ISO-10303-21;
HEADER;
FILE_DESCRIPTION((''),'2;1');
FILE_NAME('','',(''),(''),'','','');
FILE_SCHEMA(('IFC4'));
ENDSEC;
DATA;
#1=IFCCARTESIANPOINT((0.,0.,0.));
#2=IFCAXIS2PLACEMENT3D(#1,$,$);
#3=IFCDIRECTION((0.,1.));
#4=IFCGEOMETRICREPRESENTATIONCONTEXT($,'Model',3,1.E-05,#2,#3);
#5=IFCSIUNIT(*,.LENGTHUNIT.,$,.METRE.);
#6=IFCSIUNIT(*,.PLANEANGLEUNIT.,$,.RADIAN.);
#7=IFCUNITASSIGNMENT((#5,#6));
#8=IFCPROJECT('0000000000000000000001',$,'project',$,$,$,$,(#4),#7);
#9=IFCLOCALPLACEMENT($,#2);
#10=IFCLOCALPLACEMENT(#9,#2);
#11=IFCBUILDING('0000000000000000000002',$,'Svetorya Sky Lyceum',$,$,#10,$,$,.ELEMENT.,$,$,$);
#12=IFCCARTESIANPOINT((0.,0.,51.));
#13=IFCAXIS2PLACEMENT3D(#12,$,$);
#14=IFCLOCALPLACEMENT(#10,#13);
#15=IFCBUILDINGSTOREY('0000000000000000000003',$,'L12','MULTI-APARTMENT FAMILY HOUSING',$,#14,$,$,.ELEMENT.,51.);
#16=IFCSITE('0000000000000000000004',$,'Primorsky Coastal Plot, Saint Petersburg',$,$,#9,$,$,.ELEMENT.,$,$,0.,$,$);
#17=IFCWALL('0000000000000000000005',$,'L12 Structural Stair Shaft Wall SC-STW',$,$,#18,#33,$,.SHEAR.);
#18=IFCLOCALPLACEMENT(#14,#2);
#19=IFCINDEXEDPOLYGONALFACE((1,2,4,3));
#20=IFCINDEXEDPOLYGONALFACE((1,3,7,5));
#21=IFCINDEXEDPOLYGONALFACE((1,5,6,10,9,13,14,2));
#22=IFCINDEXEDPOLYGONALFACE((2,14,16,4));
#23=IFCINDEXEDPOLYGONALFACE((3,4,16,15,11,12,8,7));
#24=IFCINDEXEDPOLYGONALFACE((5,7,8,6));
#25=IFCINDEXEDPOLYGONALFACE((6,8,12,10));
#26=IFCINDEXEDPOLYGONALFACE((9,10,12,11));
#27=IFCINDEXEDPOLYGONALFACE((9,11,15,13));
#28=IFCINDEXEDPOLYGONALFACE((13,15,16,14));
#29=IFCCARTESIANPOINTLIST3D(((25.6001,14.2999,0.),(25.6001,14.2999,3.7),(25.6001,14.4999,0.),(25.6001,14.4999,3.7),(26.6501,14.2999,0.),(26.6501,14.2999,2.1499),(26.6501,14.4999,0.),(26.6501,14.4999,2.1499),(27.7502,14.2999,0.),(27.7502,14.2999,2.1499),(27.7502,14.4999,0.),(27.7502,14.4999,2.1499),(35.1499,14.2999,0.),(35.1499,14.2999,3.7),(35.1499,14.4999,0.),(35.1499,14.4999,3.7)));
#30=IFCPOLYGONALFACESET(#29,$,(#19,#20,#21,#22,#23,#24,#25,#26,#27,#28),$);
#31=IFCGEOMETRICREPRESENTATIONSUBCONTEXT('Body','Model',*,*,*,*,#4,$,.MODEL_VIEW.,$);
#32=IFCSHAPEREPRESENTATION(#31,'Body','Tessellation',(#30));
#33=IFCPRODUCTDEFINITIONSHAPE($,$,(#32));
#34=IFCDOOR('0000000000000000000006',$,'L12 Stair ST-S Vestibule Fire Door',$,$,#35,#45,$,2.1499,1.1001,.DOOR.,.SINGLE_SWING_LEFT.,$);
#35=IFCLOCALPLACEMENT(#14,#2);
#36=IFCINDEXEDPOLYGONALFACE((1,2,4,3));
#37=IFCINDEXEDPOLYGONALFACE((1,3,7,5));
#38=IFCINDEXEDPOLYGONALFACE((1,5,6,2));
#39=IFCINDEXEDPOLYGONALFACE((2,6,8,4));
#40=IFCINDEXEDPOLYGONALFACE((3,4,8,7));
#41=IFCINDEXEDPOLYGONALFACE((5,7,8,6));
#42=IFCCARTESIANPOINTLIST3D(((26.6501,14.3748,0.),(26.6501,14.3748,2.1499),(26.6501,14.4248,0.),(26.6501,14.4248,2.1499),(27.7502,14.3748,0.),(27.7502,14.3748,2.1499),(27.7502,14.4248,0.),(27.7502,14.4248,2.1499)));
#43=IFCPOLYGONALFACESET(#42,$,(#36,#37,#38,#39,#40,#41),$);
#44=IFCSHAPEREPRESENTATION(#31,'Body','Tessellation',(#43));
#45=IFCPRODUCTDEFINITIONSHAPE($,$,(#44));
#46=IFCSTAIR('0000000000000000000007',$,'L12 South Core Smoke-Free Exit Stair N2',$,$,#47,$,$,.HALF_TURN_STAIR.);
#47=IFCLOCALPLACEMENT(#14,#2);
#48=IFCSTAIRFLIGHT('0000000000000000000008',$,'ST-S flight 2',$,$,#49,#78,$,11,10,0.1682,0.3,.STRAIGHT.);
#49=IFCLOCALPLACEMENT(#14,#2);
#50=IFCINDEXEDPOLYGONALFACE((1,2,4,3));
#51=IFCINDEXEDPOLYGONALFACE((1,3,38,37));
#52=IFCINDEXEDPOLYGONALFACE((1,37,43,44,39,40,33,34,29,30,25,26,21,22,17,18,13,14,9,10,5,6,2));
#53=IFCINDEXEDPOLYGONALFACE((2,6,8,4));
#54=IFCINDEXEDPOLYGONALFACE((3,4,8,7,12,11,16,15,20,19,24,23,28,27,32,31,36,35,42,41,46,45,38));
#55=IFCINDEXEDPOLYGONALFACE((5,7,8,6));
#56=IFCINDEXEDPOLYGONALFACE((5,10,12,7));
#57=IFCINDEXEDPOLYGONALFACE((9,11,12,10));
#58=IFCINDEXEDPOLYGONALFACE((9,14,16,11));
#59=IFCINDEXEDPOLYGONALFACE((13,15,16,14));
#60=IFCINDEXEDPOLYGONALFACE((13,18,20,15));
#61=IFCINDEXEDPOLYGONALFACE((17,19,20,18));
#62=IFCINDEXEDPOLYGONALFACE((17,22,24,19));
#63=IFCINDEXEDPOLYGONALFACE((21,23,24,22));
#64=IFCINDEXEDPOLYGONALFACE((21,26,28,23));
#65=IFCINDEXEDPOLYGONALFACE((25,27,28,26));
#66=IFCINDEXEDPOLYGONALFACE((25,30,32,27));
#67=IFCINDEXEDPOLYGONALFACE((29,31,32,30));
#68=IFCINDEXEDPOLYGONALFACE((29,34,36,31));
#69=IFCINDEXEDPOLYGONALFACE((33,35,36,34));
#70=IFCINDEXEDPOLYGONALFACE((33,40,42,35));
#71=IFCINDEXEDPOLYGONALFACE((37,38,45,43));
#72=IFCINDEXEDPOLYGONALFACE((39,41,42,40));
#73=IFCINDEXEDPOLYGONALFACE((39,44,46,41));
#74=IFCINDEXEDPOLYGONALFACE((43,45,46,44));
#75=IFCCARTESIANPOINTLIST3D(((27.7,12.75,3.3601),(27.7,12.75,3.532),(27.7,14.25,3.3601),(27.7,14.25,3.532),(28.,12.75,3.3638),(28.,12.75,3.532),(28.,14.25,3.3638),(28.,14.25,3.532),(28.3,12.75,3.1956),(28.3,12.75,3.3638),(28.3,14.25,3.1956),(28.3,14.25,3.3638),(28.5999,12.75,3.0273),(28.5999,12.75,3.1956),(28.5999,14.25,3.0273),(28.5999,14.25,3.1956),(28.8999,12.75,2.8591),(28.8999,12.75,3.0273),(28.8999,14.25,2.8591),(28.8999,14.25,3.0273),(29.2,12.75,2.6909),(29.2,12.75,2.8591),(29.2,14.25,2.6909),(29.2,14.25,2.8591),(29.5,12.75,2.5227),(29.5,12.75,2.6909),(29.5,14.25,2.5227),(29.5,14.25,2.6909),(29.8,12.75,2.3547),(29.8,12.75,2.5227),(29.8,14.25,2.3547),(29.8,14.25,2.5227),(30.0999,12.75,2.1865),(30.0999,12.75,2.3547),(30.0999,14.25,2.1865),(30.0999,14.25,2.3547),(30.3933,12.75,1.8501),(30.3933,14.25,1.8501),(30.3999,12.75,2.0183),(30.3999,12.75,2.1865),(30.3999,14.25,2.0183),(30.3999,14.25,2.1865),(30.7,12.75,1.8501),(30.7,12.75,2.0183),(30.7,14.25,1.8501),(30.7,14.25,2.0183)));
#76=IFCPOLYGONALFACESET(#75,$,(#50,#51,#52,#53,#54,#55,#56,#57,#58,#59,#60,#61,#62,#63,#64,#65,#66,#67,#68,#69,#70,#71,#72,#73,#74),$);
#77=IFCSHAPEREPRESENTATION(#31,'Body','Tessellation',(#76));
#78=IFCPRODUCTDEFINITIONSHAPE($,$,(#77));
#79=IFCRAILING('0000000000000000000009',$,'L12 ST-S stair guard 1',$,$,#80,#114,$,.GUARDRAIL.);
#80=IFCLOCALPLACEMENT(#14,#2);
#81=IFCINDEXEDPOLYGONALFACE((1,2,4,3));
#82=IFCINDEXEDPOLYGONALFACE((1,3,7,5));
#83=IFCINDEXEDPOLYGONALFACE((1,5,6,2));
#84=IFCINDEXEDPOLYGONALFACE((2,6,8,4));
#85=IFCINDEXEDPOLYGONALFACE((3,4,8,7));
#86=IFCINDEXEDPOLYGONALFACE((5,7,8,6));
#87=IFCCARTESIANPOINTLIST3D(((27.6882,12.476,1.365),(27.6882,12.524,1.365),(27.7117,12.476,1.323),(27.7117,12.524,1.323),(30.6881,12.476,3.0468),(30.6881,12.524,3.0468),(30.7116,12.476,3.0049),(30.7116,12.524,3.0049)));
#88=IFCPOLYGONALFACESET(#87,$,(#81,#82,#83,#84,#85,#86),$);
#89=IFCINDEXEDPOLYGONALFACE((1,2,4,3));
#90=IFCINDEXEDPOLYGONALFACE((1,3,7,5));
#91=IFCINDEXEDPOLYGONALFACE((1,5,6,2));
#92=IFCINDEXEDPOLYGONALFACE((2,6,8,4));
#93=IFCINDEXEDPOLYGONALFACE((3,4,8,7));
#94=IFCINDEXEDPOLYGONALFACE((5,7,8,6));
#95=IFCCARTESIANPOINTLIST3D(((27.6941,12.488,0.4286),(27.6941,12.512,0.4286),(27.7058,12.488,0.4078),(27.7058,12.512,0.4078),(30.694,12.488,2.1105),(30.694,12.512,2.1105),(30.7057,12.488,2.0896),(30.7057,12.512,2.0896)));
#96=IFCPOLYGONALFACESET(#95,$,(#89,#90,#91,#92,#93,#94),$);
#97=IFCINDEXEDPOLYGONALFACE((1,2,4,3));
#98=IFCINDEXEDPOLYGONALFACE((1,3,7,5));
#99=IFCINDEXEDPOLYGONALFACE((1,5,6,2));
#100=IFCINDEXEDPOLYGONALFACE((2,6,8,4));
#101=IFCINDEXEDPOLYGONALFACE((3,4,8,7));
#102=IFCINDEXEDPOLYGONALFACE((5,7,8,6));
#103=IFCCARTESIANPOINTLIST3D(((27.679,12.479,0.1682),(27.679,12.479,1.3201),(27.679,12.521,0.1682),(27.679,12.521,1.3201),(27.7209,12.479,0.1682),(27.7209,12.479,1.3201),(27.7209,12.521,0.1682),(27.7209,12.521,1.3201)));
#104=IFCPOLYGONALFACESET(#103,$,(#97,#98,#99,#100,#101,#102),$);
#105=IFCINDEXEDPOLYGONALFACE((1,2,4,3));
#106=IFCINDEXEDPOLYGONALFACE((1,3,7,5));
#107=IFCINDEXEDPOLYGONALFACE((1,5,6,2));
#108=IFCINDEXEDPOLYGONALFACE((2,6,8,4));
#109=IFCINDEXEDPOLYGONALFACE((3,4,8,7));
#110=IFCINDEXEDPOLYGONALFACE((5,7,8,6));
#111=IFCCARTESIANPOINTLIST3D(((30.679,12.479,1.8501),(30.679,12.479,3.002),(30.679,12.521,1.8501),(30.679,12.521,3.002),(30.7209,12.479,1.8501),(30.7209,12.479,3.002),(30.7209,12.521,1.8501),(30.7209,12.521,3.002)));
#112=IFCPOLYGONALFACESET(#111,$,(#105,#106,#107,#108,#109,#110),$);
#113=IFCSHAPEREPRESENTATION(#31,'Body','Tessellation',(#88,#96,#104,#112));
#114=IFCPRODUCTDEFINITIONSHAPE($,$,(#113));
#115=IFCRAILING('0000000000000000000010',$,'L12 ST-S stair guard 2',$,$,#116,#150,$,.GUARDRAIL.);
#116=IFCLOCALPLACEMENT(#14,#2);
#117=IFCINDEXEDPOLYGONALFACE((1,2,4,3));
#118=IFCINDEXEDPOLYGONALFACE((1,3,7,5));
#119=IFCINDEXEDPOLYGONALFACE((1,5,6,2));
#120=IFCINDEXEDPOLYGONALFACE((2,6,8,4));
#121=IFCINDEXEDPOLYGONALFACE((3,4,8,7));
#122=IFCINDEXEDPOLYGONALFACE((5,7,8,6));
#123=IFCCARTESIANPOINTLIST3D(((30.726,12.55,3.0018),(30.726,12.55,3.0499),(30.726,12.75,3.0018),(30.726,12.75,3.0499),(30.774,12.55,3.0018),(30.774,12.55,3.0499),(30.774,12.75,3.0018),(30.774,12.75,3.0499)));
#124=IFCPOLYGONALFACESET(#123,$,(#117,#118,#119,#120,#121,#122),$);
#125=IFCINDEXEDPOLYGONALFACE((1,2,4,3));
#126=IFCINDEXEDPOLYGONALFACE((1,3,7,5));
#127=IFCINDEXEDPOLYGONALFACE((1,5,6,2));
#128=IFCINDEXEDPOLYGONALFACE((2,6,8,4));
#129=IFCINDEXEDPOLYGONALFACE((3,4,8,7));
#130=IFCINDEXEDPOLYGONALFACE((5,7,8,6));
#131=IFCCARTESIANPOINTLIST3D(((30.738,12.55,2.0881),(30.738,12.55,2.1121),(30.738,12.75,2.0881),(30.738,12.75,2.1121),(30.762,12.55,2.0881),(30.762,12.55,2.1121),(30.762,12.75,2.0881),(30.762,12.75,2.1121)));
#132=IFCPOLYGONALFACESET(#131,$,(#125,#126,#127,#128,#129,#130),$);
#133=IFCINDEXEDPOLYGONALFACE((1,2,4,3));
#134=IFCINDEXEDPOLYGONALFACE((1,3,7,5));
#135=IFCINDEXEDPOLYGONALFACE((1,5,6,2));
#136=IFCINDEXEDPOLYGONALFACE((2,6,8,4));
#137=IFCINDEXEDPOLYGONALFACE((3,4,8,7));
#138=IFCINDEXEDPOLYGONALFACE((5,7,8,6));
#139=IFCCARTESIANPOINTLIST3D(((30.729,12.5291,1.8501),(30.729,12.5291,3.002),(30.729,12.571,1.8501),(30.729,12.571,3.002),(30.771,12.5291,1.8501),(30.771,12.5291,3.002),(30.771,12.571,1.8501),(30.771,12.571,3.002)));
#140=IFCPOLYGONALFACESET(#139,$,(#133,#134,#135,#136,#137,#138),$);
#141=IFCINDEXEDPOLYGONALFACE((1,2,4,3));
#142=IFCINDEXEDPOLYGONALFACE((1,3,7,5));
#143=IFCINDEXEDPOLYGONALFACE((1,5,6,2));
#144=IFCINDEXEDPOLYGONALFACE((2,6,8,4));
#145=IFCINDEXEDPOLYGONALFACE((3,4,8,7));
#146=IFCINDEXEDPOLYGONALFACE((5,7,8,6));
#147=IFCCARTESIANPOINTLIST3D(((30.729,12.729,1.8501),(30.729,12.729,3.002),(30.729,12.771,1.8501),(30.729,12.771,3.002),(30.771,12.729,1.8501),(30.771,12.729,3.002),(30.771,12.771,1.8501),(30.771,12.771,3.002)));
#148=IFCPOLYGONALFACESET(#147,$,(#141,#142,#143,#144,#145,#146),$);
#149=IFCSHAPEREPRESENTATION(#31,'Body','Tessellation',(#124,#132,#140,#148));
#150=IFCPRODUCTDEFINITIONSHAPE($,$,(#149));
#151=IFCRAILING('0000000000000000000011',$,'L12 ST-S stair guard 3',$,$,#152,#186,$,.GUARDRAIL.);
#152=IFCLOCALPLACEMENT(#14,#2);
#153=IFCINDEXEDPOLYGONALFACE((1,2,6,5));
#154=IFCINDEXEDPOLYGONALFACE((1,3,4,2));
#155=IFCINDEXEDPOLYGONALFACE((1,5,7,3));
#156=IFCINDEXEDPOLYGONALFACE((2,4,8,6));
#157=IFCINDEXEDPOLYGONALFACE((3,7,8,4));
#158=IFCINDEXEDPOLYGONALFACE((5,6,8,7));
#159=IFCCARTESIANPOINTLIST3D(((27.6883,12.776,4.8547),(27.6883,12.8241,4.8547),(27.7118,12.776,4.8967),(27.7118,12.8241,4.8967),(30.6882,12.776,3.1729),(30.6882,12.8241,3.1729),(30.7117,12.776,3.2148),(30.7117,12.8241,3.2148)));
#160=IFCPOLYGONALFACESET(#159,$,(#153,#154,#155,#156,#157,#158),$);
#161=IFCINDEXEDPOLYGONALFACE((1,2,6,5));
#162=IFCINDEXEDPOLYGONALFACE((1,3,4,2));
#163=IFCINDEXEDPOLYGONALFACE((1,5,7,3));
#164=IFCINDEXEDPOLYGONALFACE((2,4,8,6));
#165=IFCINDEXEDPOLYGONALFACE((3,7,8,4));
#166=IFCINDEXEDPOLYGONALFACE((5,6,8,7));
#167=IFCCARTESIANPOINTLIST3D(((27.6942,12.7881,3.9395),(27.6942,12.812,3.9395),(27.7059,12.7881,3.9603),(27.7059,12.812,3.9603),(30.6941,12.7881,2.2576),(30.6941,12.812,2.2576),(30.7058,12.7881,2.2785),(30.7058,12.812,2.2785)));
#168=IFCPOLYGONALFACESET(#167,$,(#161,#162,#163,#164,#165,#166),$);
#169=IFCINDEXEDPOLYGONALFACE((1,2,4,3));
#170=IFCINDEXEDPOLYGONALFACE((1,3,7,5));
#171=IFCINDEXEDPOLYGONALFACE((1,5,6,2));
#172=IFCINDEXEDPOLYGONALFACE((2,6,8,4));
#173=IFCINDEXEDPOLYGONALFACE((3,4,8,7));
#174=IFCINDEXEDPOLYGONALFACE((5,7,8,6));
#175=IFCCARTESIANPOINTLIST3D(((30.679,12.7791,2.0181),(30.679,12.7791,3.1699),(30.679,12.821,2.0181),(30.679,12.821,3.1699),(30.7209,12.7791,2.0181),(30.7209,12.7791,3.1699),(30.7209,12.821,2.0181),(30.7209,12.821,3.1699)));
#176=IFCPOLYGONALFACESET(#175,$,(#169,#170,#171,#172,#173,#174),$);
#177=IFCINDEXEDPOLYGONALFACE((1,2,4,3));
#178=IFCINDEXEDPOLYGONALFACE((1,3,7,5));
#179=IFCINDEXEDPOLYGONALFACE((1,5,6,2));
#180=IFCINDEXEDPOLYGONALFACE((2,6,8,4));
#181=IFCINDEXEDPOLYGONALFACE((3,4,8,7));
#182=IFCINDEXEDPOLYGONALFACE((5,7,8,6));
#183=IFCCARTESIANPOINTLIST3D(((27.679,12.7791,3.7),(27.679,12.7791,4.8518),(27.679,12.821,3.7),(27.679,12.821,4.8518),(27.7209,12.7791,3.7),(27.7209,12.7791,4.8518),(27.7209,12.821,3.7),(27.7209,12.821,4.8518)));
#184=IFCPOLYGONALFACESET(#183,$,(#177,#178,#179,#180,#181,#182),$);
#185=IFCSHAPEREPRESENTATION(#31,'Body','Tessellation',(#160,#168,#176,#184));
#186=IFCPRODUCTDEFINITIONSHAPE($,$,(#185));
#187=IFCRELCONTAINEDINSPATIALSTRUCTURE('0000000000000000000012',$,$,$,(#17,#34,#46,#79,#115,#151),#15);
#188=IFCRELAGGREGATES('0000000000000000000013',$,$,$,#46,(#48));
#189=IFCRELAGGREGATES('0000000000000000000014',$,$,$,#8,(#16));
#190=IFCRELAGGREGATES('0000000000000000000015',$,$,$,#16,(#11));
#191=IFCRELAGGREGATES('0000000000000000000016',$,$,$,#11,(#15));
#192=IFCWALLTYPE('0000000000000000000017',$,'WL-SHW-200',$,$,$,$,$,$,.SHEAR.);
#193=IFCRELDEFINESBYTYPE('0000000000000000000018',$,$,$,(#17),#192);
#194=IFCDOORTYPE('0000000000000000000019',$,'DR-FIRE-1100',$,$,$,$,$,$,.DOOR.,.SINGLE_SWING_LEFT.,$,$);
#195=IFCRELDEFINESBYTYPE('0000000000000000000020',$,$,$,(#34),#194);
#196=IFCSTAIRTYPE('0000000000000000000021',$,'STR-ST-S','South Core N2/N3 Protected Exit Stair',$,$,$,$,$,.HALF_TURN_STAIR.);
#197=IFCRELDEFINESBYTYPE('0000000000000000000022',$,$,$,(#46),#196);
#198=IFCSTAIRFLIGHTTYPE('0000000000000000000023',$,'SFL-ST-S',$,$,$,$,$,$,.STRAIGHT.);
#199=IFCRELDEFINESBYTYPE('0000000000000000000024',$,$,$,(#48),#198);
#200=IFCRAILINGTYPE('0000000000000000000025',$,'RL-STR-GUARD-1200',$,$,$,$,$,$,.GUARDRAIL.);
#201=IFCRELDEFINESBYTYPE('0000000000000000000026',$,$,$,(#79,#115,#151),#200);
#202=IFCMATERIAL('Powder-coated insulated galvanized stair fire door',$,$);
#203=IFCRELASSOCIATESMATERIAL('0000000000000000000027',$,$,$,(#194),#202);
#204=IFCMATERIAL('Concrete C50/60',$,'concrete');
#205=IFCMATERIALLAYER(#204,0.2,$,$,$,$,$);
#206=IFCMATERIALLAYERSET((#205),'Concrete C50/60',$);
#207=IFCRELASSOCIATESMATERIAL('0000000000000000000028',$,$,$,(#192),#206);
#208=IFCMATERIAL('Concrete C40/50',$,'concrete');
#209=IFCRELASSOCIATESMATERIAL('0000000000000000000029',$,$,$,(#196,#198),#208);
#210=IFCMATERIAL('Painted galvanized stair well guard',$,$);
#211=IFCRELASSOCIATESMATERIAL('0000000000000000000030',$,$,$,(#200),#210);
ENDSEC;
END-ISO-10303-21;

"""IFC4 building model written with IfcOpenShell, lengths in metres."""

from ifc_helpers import new_model, si_unit, direction, frame, frame_2d, origin, origin_2d, place, context, subcontext, project, spatial, polyline, rectangle, outline, extrude, material, layer, layer_set, type_object, element, fill, aggregate, save


model = new_model("IFC4")

# Units and contexts
model_context = context("Model", 3, precision=1e-05, world=origin(), true_north=direction((0.0, 1.0)))
body_context = subcontext(model_context, "Body", "Model", "MODEL_VIEW")
ifc_project = project(units=[si_unit("LENGTHUNIT", "METRE"), si_unit("PLANEANGLEUNIT", "RADIAN")], contexts=[model_context])

# Site, building, storey
site_placement = place(None, origin())
site = spatial("IfcSite", under=ifc_project, at=site_placement, Name="Primorsky Coastal Plot, Saint Petersburg", CompositionType="ELEMENT", RefElevation=0.0)
building_placement = place(site_placement, origin())
building = spatial("IfcBuilding", under=site, at=building_placement, Name="Svetorya Sky Lyceum", CompositionType="ELEMENT")
storey_placement = place(building_placement, frame((0.0, 0.0, 51.0)))
storey = spatial("IfcBuildingStorey", under=building, at=storey_placement, Name="L12", Description="MULTI-APARTMENT FAMILY HOUSING", CompositionType="ELEMENT", Elevation=51.0)

# Shared definitions
ifc_material_1 = material(Name="Concrete C50/60", Category="concrete")

# Shared definitions
ifc_material_2 = material(Name="Powder-coated insulated galvanized stair fire door")
door_type_1 = type_object("IfcDoorType", Name="DR-FIRE-1100", OperationType="SINGLE_SWING_LEFT", PredefinedType="DOOR", material=ifc_material_2)

# Wall, opening, door
ifc_layer_1 = layer(ifc_material_1, 0.2)
ifc_layer_set_1 = layer_set([ifc_layer_1], Name="Concrete C50/60")
wall_type_1 = type_object("IfcWallType", Name="WL-SHW-200", PredefinedType="SHEAR", material=ifc_layer_set_1)
wall_1_placement = place(storey_placement, frame((25.6001, 14.3999, 0.0), z_axis=(0.0, 0.0, 1.0), x_axis=(1.0, 0.0, 0.0)))
wall_1 = element("IfcWall", 1, at=wall_1_placement, inside=storey, type_object=wall_type_1, Name="L12 Structural Stair Shaft Wall SC-STW", PredefinedType="SHEAR", context=body_context, shape_type="SweptSolid", body=[
    extrude(rectangle(XDim=9.5498, YDim=0.2, at=frame_2d((4.7749, 0.0))), origin(), (0.0, 0.0, 1.0), 3.7),
])
opening_1_placement = place(wall_1_placement, frame((1.05, 0.0, 0.0)))
opening_1 = element("IfcOpeningElement", 2, at=opening_1_placement, cuts=wall_1, PredefinedType="OPENING", context=body_context, shape_type="SweptSolid", body=[
    extrude(rectangle(XDim=1.1001, YDim=2.1499, at=frame_2d((0.55, 1.075))), frame((0.0, 0.1099, 0.0), z_axis=(0.0, -1.0, 0.0), x_axis=(1.0, 0.0, 0.0)), (0.0, 0.0, 1.0), 0.22),
])
door_1_placement = place(opening_1_placement, origin())
door_1 = element("IfcDoor", 3, at=door_1_placement, inside=storey, type_object=door_type_1, Name="L12 Stair ST-S Vestibule Fire Door", OperationType="SINGLE_SWING_LEFT", OverallHeight=2.1499, OverallWidth=1.1001, PredefinedType="DOOR", context=body_context, shape_type="SweptSolid", body=[
    extrude(rectangle(XDim=1.1001, YDim=2.1499, at=frame_2d((0.55, 1.075))), frame((0.0, 0.0249, 0.0), z_axis=(0.0, -1.0, 0.0), x_axis=(1.0, 0.0, 0.0)), (0.0, 0.0, 1.0), 0.05),
])
fill(opening_1, door_1)

# Stair, stair flight
ifc_material_3 = material(Name="Concrete C40/50", Category="concrete")
stair_type = type_object("IfcStairType", Name="STR-ST-S", Description="South Core N2/N3 Protected Exit Stair", PredefinedType="HALF_TURN_STAIR", material=ifc_material_3)
stair_placement = place(storey_placement, origin())
stair = element("IfcStair", 4, at=stair_placement, inside=storey, type_object=stair_type, Name="L12 South Core Smoke-Free Exit Stair N2", PredefinedType="HALF_TURN_STAIR")
stair_flight_type = type_object("IfcStairFlightType", Name="SFL-ST-S", PredefinedType="STRAIGHT", material=ifc_material_3)
stair_flight_placement = place(storey_placement, frame((30.7, 13.5, 1.8501), z_axis=(0.0, 0.0, 1.0), x_axis=(-1.0, 0.0, 0.0)))
stair_flight = element("IfcStairFlight", 5, at=stair_flight_placement, type_object=stair_flight_type, Name="ST-S flight 2", NumberOfRisers=11, NumberOfTreads=10, PredefinedType="STRAIGHT", RiserHeight=0.1682, TreadLength=0.3, context=body_context, shape_type="SweptSolid", body=[
    extrude(outline(polyline([(0.0, 0.0), (0.0, 0.1682), (0.3, 0.1682), (0.3, 0.3364), (0.6001, 0.3364), (0.6001, 0.5046), (0.8999, 0.5046), (0.8999, 0.6726), (1.2, 0.6726), (1.2, 0.8408), (1.5, 0.8408), (1.5, 1.009), (1.8, 1.009), (1.8, 1.1772), (2.1001, 1.1772), (2.1001, 1.3455), (2.3999, 1.3455), (2.3999, 1.5137), (2.7, 1.5137), (2.7, 1.6819), (3.0, 1.6819), (3.0, 1.8501), (3.0, 1.51), (0.3066, 0.0), (0.0, 0.0)])), frame((0.0, 0.75, 0.0), z_axis=(0.0, -1.0, 0.0), x_axis=(1.0, 0.0, 0.0)), (0.0, 0.0, 1.0), 1.5),
])
aggregate(stair, [stair_flight])

# Railings
ifc_material_4 = material(Name="Painted galvanized stair well guard")
railing_type_1 = type_object("IfcRailingType", Name="RL-STR-GUARD-1200", PredefinedType="GUARDRAIL", material=ifc_material_4)
railing_1_placement = place(storey_placement, frame((27.7, 12.5, 0.1682)))
element("IfcRailing", 6, at=railing_1_placement, inside=storey, type_object=railing_type_1, Name="L12 ST-S stair guard 1", PredefinedType="GUARDRAIL", context=body_context, shape_type="SweptSolid", body=[
    extrude(rectangle(XDim=0.0481, YDim=0.0481, at=origin_2d()), frame((0.0, 0.0, 1.1758), z_axis=(0.872272, 0.0, 0.48902), x_axis=(0.0, 1.0, 0.0)), (0.0, 0.0, 1.0), 3.4392),
    extrude(rectangle(XDim=0.0239, YDim=0.0239, at=origin_2d()), frame((0.0, 0.0, 0.25), z_axis=(0.872272, 0.0, 0.48902), x_axis=(0.0, 1.0, 0.0)), (0.0, 0.0, 1.0), 3.4392),
    extrude(rectangle(XDim=0.042, YDim=0.042, at=origin_2d()), origin(), (0.0, 0.0, 1.0), 1.1519),
    extrude(rectangle(XDim=0.042, YDim=0.042, at=origin_2d()), frame((3.0, 0.0, 1.6819)), (0.0, 0.0, 1.0), 1.1519),
])
railing_2_placement = place(storey_placement, frame((30.75, 12.55, 1.8501)))
element("IfcRailing", 7, at=railing_2_placement, inside=storey, type_object=railing_type_1, Name="L12 ST-S stair guard 2", PredefinedType="GUARDRAIL", context=body_context, shape_type="SweptSolid", body=[
    extrude(rectangle(XDim=0.0481, YDim=0.0481, at=origin_2d()), frame((0.0, 0.0, 1.1758), z_axis=(0.0, 1.0, 0.0), x_axis=(-1.0, 0.0, 0.0)), (0.0, 0.0, 1.0), 0.2),
    extrude(rectangle(XDim=0.0239, YDim=0.0239, at=origin_2d()), frame((0.0, 0.0, 0.25), z_axis=(0.0, 1.0, 0.0), x_axis=(-1.0, 0.0, 0.0)), (0.0, 0.0, 1.0), 0.2),
    extrude(rectangle(XDim=0.042, YDim=0.042, at=origin_2d()), origin(), (0.0, 0.0, 1.0), 1.1519),
    extrude(rectangle(XDim=0.042, YDim=0.042, at=origin_2d()), frame((0.0, 0.2, 0.0)), (0.0, 0.0, 1.0), 1.1519),
])
railing_3_placement = place(storey_placement, frame((30.7, 12.8, 2.0181)))
element("IfcRailing", 8, at=railing_3_placement, inside=storey, type_object=railing_type_1, Name="L12 ST-S stair guard 3", PredefinedType="GUARDRAIL", context=body_context, shape_type="SweptSolid", body=[
    extrude(rectangle(XDim=0.0481, YDim=0.0481, at=origin_2d()), frame((0.0, 0.0, 1.1758), z_axis=(-0.872272, 0.0, 0.48902), x_axis=(0.0, -1.0, 0.0)), (0.0, 0.0, 1.0), 3.4392),
    extrude(rectangle(XDim=0.0239, YDim=0.0239, at=origin_2d()), frame((0.0, 0.0, 0.25), z_axis=(-0.872272, 0.0, 0.48902), x_axis=(0.0, -1.0, 0.0)), (0.0, 0.0, 1.0), 3.4392),
    extrude(rectangle(XDim=0.042, YDim=0.042, at=origin_2d()), origin(), (0.0, 0.0, 1.0), 1.1519),
    extrude(rectangle(XDim=0.042, YDim=0.042, at=origin_2d()), frame((-3.0, 0.0, 1.6819)), (0.0, 0.0, 1.0), 1.1519),
])

save(model, "model.ifc")
